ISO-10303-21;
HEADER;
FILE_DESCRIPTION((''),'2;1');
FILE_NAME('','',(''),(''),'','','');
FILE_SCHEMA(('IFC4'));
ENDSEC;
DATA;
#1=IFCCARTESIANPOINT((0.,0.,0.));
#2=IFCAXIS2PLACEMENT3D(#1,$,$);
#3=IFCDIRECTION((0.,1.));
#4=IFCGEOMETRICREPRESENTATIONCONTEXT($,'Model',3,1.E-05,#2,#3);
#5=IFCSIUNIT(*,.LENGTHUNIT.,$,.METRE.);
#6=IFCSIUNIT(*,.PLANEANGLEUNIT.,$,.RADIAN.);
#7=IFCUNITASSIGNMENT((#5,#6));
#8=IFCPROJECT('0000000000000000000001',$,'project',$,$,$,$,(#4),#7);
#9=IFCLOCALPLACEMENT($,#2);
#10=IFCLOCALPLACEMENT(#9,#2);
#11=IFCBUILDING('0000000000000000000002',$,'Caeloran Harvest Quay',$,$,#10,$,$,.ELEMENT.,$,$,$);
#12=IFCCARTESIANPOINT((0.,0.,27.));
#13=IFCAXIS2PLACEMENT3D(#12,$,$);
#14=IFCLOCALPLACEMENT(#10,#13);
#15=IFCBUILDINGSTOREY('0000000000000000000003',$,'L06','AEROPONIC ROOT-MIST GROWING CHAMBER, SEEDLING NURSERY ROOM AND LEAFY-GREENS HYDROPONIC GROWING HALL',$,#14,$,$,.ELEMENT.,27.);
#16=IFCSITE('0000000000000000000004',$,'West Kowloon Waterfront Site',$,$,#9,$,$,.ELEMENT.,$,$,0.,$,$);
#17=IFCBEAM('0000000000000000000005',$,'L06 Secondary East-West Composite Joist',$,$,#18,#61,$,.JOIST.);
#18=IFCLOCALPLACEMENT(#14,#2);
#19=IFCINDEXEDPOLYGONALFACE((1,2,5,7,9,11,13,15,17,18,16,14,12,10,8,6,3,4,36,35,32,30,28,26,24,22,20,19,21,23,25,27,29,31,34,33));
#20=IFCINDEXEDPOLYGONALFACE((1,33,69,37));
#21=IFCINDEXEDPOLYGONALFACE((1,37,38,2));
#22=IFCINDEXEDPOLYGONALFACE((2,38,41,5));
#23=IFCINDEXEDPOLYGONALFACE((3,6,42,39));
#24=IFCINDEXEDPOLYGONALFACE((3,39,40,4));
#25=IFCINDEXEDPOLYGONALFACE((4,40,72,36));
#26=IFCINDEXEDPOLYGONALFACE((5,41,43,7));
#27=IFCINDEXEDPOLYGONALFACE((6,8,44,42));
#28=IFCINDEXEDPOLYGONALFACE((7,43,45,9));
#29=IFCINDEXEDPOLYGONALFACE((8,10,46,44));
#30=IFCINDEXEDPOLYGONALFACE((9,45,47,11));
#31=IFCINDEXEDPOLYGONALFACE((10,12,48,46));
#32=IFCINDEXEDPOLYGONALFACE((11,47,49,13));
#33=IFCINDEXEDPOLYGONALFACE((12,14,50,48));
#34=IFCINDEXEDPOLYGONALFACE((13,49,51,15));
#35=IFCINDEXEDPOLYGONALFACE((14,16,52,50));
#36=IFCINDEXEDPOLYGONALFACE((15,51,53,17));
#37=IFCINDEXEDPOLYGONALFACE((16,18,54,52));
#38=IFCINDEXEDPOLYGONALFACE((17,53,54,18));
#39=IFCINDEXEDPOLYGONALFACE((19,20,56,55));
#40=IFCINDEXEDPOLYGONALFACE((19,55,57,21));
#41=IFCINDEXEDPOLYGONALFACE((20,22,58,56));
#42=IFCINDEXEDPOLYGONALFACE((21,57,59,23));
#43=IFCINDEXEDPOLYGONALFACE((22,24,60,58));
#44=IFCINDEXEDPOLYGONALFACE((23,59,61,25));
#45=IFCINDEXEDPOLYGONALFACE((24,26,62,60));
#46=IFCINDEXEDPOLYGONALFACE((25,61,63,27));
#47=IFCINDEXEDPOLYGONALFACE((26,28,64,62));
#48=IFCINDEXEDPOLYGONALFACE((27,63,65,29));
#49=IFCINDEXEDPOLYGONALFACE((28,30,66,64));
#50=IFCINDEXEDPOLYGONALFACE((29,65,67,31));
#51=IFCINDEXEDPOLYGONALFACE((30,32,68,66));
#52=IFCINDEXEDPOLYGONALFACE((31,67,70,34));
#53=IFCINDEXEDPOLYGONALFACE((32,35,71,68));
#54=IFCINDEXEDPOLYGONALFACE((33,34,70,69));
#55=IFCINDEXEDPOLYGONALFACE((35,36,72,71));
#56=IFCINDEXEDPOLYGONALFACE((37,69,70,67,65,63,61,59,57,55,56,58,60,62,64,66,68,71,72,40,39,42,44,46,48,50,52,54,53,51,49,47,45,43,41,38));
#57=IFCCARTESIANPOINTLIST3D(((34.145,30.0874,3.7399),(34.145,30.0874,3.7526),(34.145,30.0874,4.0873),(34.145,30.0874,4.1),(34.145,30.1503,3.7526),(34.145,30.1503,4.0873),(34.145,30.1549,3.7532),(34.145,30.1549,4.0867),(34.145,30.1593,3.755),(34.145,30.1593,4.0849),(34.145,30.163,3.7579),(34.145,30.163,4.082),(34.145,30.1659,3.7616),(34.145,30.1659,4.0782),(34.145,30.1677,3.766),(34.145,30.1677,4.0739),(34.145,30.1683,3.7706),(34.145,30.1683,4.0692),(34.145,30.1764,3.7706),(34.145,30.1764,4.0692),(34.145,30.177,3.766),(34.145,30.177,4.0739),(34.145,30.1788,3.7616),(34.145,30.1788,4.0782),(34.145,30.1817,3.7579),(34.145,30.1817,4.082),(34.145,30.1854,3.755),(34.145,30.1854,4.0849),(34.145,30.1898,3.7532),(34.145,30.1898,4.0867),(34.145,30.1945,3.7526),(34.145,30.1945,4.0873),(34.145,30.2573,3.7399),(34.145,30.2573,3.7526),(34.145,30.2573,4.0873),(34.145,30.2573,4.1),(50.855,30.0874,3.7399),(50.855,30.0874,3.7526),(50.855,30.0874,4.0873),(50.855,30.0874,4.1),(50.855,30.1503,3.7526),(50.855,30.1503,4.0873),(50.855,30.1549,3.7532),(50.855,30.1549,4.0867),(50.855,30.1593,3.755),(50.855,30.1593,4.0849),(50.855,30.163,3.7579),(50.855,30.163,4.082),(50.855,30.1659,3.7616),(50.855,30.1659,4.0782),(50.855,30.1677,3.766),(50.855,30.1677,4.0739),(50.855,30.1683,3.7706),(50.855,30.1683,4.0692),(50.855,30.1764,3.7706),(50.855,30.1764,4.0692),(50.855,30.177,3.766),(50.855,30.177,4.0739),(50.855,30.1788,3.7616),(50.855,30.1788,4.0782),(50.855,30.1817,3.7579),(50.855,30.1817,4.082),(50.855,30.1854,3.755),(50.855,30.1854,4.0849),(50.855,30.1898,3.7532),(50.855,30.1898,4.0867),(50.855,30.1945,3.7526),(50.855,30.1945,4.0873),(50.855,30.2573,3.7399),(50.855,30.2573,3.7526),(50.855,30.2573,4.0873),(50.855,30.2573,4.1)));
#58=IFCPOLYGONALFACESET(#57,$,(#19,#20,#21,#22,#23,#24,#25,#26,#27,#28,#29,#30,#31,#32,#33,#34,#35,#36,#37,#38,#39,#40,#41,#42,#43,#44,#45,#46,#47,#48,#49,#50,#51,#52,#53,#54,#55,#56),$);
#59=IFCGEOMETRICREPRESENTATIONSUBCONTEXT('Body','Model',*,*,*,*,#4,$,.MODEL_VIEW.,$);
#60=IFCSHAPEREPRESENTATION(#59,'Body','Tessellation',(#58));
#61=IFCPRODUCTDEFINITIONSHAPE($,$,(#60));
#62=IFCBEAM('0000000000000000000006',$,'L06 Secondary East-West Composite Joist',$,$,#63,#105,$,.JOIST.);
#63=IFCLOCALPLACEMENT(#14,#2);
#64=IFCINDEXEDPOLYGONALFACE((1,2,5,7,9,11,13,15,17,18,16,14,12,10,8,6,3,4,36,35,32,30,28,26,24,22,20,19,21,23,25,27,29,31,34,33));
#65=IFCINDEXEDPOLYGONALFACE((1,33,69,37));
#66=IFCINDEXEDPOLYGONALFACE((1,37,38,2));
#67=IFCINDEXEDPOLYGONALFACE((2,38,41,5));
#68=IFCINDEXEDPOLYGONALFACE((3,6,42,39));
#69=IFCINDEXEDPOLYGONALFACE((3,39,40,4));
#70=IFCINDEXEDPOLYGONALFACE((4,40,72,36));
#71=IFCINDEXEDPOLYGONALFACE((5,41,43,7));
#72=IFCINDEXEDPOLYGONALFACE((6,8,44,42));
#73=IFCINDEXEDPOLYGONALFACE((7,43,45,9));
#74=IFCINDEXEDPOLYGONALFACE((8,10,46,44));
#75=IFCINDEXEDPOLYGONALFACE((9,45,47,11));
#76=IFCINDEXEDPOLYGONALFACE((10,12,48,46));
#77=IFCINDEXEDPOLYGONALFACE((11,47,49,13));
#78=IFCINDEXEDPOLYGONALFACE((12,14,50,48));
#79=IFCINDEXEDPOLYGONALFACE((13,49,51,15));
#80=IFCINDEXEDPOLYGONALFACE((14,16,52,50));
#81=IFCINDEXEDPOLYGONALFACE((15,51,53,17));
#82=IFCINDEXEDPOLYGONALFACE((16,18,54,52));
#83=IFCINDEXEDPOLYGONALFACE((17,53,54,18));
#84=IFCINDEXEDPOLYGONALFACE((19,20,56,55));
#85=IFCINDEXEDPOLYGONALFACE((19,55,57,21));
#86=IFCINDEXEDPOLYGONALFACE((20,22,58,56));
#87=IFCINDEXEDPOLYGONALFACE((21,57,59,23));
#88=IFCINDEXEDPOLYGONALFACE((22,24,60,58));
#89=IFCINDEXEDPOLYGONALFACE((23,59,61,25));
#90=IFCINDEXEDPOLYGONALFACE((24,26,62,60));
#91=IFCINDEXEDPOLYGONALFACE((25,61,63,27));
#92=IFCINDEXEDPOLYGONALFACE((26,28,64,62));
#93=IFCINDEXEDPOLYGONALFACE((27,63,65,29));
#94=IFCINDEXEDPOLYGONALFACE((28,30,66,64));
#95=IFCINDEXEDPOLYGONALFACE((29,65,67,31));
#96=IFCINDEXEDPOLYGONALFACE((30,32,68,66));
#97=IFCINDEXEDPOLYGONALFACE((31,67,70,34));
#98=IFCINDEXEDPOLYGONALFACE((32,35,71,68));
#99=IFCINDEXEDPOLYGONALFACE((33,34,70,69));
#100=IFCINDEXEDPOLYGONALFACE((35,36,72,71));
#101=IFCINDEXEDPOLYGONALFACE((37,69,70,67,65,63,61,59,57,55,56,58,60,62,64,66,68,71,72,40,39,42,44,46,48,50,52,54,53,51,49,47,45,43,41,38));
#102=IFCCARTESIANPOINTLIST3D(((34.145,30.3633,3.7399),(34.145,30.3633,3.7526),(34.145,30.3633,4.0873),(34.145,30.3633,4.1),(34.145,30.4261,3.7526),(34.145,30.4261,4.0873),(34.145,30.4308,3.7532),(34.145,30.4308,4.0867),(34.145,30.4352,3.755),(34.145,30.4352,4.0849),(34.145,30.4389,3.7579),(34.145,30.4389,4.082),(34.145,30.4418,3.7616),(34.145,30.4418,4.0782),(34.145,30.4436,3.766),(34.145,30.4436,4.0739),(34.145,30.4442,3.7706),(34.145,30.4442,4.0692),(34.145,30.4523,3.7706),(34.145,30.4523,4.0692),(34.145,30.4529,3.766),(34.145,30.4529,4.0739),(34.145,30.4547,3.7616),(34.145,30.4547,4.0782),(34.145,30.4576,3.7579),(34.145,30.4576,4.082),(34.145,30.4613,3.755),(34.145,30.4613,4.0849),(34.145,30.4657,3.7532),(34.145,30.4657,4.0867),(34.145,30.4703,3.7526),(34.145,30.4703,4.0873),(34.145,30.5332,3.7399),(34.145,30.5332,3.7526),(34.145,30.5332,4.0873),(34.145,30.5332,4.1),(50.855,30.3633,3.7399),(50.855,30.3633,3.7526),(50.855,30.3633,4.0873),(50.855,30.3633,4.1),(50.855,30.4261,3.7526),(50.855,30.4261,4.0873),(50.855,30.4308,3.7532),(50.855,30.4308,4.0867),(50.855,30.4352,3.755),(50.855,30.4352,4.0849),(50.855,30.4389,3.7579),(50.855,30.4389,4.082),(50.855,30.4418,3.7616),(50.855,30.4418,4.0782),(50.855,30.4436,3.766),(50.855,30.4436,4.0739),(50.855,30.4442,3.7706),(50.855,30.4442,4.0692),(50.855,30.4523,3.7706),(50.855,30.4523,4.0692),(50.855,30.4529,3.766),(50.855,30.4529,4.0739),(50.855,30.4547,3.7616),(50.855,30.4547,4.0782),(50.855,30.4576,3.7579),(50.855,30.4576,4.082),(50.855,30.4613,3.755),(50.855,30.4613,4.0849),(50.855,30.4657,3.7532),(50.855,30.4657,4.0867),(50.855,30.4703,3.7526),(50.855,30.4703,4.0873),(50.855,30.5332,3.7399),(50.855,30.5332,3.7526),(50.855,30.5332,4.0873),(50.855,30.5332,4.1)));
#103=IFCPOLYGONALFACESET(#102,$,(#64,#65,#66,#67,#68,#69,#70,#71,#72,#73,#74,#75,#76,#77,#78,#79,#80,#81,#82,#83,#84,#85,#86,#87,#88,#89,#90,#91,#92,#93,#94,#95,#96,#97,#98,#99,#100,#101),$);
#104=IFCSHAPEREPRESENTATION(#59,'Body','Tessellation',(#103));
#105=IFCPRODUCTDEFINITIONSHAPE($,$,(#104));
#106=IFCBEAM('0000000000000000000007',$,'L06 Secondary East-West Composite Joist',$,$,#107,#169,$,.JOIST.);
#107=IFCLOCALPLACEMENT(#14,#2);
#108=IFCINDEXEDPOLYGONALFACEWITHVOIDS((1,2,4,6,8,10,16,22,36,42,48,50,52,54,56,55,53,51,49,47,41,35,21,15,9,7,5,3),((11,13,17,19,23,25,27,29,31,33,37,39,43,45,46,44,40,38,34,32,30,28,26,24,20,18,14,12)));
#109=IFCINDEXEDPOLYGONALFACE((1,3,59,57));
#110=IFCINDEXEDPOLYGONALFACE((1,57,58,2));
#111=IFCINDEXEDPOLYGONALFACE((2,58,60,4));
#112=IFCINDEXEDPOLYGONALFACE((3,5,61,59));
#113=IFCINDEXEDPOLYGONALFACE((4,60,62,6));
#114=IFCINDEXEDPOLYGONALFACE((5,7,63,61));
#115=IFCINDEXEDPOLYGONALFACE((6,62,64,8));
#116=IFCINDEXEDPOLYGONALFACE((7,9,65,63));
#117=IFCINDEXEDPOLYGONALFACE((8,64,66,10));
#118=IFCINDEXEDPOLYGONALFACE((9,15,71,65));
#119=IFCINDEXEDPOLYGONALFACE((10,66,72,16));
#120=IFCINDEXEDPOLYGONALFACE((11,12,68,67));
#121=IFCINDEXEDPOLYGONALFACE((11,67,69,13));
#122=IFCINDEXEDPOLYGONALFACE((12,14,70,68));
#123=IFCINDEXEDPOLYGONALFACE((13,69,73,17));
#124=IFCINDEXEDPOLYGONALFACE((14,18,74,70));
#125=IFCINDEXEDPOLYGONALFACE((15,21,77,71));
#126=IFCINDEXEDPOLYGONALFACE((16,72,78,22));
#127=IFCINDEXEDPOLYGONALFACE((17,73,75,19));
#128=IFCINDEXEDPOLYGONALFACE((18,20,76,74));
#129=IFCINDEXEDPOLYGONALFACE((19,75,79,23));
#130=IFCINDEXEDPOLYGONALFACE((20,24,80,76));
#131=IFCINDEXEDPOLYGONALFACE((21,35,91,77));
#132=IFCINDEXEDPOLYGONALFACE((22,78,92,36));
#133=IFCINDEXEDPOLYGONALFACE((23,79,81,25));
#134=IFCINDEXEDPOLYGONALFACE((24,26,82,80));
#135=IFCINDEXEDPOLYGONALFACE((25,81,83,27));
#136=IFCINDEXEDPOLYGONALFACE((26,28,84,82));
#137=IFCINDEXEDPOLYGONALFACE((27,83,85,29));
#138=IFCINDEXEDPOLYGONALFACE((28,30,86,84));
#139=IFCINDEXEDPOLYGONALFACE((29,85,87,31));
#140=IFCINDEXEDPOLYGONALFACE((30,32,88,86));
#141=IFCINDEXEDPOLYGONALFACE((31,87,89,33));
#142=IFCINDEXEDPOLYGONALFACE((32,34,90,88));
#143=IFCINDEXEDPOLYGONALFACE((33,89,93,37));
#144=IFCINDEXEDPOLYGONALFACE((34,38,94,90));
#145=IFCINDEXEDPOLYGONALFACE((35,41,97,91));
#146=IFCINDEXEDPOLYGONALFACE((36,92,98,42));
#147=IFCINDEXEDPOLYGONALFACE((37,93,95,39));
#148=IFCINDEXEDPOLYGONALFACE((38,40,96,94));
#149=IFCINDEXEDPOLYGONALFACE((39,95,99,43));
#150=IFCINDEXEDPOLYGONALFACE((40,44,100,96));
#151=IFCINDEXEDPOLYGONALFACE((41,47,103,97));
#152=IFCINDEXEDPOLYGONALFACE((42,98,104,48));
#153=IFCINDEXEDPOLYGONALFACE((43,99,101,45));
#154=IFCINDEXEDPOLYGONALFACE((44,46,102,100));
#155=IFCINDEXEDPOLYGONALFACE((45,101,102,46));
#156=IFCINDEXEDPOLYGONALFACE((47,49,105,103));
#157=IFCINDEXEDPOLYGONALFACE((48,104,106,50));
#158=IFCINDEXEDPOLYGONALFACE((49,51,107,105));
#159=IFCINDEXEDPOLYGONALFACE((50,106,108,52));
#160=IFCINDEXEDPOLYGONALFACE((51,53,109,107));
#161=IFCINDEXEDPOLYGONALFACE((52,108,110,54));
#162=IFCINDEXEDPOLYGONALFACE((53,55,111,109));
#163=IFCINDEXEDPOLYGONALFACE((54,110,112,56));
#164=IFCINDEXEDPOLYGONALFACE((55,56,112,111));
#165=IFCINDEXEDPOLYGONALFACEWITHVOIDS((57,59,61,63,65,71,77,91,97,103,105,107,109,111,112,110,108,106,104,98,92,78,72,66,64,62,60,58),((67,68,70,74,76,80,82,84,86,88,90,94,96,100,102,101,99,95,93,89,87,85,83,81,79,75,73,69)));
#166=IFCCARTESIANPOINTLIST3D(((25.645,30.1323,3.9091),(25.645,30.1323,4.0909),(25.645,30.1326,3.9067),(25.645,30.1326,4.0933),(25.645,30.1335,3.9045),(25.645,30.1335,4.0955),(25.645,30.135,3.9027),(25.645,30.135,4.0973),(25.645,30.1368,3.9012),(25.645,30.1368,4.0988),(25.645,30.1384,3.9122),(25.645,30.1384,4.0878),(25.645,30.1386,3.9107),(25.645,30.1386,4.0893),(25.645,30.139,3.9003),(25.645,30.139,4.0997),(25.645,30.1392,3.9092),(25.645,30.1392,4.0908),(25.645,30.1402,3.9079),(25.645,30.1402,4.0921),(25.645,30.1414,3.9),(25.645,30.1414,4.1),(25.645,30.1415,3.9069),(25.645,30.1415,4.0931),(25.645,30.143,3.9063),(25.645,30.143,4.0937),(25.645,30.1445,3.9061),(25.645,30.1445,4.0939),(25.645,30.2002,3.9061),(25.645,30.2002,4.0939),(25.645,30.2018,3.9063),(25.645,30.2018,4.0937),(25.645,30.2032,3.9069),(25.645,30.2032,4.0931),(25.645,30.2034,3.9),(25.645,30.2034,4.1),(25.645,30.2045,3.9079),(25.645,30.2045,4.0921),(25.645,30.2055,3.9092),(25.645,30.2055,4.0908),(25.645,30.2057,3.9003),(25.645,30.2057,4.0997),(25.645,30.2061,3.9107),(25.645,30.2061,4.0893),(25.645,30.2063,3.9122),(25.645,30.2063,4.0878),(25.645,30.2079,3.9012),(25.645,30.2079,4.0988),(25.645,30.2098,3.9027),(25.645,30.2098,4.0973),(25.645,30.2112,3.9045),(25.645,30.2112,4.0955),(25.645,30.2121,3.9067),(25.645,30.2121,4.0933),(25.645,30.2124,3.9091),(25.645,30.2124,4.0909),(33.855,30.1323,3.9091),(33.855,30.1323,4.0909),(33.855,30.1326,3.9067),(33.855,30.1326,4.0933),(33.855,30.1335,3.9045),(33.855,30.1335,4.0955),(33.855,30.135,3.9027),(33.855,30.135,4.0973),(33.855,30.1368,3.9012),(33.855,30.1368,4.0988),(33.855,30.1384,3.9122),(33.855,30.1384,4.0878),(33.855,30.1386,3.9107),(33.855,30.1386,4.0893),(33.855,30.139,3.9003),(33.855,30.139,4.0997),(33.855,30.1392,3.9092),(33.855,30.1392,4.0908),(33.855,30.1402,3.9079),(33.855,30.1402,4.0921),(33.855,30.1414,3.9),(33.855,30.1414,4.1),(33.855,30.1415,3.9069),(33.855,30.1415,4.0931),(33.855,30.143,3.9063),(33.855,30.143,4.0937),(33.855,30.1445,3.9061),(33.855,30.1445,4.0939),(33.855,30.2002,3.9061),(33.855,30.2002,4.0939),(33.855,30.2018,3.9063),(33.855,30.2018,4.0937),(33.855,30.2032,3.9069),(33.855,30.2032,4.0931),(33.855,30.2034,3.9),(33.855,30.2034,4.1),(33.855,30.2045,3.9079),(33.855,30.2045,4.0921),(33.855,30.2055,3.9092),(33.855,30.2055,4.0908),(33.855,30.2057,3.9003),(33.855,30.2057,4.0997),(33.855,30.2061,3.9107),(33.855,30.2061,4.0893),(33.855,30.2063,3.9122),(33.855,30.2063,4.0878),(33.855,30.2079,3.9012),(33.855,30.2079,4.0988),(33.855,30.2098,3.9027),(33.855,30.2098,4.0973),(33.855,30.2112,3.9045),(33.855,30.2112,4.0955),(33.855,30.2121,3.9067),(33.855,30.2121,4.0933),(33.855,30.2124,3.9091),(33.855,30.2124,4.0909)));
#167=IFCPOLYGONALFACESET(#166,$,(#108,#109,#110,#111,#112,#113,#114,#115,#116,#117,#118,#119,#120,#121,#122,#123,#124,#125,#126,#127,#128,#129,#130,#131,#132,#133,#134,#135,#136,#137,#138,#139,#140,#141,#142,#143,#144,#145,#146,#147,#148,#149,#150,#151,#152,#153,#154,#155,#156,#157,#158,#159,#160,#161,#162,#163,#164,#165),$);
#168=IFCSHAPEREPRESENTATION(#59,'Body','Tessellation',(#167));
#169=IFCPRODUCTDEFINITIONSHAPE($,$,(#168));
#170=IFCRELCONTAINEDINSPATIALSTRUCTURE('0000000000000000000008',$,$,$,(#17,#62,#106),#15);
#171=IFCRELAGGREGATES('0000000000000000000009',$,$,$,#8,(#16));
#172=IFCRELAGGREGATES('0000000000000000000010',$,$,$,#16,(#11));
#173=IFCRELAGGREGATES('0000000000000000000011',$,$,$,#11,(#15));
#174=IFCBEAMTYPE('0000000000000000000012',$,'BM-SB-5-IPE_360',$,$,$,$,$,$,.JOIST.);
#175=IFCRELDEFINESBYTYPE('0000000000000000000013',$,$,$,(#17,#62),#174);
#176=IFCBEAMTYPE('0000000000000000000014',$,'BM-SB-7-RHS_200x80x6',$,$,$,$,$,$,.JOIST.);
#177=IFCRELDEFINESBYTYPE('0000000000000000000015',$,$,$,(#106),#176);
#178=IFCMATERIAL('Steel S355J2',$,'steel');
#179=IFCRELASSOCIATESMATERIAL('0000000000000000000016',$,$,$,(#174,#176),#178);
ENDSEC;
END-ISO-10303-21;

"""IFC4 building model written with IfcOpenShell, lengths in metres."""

from ifc_helpers import new_model, si_unit, direction, frame, origin, origin_2d, place, context, subcontext, project, spatial, hollow_rectangle, i_section, extrude, material, material_profile, profile_set, type_object, element, save


model = new_model("IFC4")

# Units and contexts
model_context = context("Model", 3, precision=1e-05, world=origin(), true_north=direction((0.0, 1.0)))
body_context = subcontext(model_context, "Body", "Model", "MODEL_VIEW")
ifc_project = project(units=[si_unit("LENGTHUNIT", "METRE"), si_unit("PLANEANGLEUNIT", "RADIAN")], contexts=[model_context])

# Site, building, storey
site_placement = place(None, origin())
site = spatial("IfcSite", under=ifc_project, at=site_placement, Name="West Kowloon Waterfront Site", CompositionType="ELEMENT", RefElevation=0.0)
building_placement = place(site_placement, origin())
building = spatial("IfcBuilding", under=site, at=building_placement, Name="Caeloran Harvest Quay", CompositionType="ELEMENT")
storey_placement = place(building_placement, frame((0.0, 0.0, 27.0)))
storey = spatial("IfcBuildingStorey", under=building, at=storey_placement, Name="L06", Description="AEROPONIC ROOT-MIST GROWING CHAMBER, SEEDLING NURSERY ROOM AND LEAFY-GREENS HYDROPONIC GROWING HALL", CompositionType="ELEMENT", Elevation=27.0)

# Beams
ifc_material_1 = material(Name="Steel S355J2", Category="steel")
ifc_material_profile_1 = material_profile(ifc_material_1, i_section(OverallWidth=0.1699, OverallDepth=0.3601, WebThickness=0.0081, FlangeThickness=0.0127, FilletRadius=0.0181, at=origin_2d()), Name="IPE 360")
ifc_profile_set_1 = profile_set([ifc_material_profile_1], Name="Steel S355J2")
beam_type_1 = type_object("IfcBeamType", Name="BM-SB-5-IPE_360", PredefinedType="JOIST", material=ifc_profile_set_1)
for number, where, z_axis, x_axis, name in (
    (1, (34.145, 30.1724, 3.9199), (1.0, 0.0, 0.0), (0.0, 1.0, 0.0), "L06 Secondary East-West Composite Joist"),
    (2, (34.145, 30.4482, 3.9199), (1.0, 0.0, 0.0), (0.0, 1.0, 0.0), "L06 Secondary East-West Composite Joist"),
):
    element("IfcBeam", number, at=place(storey_placement, frame(where, z_axis=z_axis, x_axis=x_axis)), inside=storey, type_object=beam_type_1, Name=name, PredefinedType="JOIST", context=body_context, shape_type="SweptSolid", body=[
        extrude(i_section(OverallWidth=0.1699, OverallDepth=0.3601, WebThickness=0.0081, FlangeThickness=0.0127, FilletRadius=0.0181, at=origin_2d()), origin(), (0.0, 0.0, 1.0), 16.71),
    ])
ifc_material_profile_2 = material_profile(ifc_material_1, hollow_rectangle(XDim=0.0801, YDim=0.2, WallThickness=0.0061, InnerFilletRadius=0.0061, OuterFilletRadius=0.009, at=origin_2d()), Name="RHS 200x80x6")
ifc_profile_set_2 = profile_set([ifc_material_profile_2], Name="Steel S355J2")
beam_type_2 = type_object("IfcBeamType", Name="BM-SB-7-RHS_200x80x6", PredefinedType="JOIST", material=ifc_profile_set_2)
beam_1_placement = place(storey_placement, frame((25.645, 30.1724, 4.0), z_axis=(1.0, 0.0, 0.0), x_axis=(0.0, 1.0, 0.0)))
element("IfcBeam", 3, at=beam_1_placement, inside=storey, type_object=beam_type_2, Name="L06 Secondary East-West Composite Joist", PredefinedType="JOIST", context=body_context, shape_type="SweptSolid", body=[
    extrude(hollow_rectangle(XDim=0.0801, YDim=0.2, WallThickness=0.0061, InnerFilletRadius=0.0061, OuterFilletRadius=0.009, at=origin_2d()), origin(), (0.0, 0.0, 1.0), 8.21),
])

save(model, "model.ifc")
